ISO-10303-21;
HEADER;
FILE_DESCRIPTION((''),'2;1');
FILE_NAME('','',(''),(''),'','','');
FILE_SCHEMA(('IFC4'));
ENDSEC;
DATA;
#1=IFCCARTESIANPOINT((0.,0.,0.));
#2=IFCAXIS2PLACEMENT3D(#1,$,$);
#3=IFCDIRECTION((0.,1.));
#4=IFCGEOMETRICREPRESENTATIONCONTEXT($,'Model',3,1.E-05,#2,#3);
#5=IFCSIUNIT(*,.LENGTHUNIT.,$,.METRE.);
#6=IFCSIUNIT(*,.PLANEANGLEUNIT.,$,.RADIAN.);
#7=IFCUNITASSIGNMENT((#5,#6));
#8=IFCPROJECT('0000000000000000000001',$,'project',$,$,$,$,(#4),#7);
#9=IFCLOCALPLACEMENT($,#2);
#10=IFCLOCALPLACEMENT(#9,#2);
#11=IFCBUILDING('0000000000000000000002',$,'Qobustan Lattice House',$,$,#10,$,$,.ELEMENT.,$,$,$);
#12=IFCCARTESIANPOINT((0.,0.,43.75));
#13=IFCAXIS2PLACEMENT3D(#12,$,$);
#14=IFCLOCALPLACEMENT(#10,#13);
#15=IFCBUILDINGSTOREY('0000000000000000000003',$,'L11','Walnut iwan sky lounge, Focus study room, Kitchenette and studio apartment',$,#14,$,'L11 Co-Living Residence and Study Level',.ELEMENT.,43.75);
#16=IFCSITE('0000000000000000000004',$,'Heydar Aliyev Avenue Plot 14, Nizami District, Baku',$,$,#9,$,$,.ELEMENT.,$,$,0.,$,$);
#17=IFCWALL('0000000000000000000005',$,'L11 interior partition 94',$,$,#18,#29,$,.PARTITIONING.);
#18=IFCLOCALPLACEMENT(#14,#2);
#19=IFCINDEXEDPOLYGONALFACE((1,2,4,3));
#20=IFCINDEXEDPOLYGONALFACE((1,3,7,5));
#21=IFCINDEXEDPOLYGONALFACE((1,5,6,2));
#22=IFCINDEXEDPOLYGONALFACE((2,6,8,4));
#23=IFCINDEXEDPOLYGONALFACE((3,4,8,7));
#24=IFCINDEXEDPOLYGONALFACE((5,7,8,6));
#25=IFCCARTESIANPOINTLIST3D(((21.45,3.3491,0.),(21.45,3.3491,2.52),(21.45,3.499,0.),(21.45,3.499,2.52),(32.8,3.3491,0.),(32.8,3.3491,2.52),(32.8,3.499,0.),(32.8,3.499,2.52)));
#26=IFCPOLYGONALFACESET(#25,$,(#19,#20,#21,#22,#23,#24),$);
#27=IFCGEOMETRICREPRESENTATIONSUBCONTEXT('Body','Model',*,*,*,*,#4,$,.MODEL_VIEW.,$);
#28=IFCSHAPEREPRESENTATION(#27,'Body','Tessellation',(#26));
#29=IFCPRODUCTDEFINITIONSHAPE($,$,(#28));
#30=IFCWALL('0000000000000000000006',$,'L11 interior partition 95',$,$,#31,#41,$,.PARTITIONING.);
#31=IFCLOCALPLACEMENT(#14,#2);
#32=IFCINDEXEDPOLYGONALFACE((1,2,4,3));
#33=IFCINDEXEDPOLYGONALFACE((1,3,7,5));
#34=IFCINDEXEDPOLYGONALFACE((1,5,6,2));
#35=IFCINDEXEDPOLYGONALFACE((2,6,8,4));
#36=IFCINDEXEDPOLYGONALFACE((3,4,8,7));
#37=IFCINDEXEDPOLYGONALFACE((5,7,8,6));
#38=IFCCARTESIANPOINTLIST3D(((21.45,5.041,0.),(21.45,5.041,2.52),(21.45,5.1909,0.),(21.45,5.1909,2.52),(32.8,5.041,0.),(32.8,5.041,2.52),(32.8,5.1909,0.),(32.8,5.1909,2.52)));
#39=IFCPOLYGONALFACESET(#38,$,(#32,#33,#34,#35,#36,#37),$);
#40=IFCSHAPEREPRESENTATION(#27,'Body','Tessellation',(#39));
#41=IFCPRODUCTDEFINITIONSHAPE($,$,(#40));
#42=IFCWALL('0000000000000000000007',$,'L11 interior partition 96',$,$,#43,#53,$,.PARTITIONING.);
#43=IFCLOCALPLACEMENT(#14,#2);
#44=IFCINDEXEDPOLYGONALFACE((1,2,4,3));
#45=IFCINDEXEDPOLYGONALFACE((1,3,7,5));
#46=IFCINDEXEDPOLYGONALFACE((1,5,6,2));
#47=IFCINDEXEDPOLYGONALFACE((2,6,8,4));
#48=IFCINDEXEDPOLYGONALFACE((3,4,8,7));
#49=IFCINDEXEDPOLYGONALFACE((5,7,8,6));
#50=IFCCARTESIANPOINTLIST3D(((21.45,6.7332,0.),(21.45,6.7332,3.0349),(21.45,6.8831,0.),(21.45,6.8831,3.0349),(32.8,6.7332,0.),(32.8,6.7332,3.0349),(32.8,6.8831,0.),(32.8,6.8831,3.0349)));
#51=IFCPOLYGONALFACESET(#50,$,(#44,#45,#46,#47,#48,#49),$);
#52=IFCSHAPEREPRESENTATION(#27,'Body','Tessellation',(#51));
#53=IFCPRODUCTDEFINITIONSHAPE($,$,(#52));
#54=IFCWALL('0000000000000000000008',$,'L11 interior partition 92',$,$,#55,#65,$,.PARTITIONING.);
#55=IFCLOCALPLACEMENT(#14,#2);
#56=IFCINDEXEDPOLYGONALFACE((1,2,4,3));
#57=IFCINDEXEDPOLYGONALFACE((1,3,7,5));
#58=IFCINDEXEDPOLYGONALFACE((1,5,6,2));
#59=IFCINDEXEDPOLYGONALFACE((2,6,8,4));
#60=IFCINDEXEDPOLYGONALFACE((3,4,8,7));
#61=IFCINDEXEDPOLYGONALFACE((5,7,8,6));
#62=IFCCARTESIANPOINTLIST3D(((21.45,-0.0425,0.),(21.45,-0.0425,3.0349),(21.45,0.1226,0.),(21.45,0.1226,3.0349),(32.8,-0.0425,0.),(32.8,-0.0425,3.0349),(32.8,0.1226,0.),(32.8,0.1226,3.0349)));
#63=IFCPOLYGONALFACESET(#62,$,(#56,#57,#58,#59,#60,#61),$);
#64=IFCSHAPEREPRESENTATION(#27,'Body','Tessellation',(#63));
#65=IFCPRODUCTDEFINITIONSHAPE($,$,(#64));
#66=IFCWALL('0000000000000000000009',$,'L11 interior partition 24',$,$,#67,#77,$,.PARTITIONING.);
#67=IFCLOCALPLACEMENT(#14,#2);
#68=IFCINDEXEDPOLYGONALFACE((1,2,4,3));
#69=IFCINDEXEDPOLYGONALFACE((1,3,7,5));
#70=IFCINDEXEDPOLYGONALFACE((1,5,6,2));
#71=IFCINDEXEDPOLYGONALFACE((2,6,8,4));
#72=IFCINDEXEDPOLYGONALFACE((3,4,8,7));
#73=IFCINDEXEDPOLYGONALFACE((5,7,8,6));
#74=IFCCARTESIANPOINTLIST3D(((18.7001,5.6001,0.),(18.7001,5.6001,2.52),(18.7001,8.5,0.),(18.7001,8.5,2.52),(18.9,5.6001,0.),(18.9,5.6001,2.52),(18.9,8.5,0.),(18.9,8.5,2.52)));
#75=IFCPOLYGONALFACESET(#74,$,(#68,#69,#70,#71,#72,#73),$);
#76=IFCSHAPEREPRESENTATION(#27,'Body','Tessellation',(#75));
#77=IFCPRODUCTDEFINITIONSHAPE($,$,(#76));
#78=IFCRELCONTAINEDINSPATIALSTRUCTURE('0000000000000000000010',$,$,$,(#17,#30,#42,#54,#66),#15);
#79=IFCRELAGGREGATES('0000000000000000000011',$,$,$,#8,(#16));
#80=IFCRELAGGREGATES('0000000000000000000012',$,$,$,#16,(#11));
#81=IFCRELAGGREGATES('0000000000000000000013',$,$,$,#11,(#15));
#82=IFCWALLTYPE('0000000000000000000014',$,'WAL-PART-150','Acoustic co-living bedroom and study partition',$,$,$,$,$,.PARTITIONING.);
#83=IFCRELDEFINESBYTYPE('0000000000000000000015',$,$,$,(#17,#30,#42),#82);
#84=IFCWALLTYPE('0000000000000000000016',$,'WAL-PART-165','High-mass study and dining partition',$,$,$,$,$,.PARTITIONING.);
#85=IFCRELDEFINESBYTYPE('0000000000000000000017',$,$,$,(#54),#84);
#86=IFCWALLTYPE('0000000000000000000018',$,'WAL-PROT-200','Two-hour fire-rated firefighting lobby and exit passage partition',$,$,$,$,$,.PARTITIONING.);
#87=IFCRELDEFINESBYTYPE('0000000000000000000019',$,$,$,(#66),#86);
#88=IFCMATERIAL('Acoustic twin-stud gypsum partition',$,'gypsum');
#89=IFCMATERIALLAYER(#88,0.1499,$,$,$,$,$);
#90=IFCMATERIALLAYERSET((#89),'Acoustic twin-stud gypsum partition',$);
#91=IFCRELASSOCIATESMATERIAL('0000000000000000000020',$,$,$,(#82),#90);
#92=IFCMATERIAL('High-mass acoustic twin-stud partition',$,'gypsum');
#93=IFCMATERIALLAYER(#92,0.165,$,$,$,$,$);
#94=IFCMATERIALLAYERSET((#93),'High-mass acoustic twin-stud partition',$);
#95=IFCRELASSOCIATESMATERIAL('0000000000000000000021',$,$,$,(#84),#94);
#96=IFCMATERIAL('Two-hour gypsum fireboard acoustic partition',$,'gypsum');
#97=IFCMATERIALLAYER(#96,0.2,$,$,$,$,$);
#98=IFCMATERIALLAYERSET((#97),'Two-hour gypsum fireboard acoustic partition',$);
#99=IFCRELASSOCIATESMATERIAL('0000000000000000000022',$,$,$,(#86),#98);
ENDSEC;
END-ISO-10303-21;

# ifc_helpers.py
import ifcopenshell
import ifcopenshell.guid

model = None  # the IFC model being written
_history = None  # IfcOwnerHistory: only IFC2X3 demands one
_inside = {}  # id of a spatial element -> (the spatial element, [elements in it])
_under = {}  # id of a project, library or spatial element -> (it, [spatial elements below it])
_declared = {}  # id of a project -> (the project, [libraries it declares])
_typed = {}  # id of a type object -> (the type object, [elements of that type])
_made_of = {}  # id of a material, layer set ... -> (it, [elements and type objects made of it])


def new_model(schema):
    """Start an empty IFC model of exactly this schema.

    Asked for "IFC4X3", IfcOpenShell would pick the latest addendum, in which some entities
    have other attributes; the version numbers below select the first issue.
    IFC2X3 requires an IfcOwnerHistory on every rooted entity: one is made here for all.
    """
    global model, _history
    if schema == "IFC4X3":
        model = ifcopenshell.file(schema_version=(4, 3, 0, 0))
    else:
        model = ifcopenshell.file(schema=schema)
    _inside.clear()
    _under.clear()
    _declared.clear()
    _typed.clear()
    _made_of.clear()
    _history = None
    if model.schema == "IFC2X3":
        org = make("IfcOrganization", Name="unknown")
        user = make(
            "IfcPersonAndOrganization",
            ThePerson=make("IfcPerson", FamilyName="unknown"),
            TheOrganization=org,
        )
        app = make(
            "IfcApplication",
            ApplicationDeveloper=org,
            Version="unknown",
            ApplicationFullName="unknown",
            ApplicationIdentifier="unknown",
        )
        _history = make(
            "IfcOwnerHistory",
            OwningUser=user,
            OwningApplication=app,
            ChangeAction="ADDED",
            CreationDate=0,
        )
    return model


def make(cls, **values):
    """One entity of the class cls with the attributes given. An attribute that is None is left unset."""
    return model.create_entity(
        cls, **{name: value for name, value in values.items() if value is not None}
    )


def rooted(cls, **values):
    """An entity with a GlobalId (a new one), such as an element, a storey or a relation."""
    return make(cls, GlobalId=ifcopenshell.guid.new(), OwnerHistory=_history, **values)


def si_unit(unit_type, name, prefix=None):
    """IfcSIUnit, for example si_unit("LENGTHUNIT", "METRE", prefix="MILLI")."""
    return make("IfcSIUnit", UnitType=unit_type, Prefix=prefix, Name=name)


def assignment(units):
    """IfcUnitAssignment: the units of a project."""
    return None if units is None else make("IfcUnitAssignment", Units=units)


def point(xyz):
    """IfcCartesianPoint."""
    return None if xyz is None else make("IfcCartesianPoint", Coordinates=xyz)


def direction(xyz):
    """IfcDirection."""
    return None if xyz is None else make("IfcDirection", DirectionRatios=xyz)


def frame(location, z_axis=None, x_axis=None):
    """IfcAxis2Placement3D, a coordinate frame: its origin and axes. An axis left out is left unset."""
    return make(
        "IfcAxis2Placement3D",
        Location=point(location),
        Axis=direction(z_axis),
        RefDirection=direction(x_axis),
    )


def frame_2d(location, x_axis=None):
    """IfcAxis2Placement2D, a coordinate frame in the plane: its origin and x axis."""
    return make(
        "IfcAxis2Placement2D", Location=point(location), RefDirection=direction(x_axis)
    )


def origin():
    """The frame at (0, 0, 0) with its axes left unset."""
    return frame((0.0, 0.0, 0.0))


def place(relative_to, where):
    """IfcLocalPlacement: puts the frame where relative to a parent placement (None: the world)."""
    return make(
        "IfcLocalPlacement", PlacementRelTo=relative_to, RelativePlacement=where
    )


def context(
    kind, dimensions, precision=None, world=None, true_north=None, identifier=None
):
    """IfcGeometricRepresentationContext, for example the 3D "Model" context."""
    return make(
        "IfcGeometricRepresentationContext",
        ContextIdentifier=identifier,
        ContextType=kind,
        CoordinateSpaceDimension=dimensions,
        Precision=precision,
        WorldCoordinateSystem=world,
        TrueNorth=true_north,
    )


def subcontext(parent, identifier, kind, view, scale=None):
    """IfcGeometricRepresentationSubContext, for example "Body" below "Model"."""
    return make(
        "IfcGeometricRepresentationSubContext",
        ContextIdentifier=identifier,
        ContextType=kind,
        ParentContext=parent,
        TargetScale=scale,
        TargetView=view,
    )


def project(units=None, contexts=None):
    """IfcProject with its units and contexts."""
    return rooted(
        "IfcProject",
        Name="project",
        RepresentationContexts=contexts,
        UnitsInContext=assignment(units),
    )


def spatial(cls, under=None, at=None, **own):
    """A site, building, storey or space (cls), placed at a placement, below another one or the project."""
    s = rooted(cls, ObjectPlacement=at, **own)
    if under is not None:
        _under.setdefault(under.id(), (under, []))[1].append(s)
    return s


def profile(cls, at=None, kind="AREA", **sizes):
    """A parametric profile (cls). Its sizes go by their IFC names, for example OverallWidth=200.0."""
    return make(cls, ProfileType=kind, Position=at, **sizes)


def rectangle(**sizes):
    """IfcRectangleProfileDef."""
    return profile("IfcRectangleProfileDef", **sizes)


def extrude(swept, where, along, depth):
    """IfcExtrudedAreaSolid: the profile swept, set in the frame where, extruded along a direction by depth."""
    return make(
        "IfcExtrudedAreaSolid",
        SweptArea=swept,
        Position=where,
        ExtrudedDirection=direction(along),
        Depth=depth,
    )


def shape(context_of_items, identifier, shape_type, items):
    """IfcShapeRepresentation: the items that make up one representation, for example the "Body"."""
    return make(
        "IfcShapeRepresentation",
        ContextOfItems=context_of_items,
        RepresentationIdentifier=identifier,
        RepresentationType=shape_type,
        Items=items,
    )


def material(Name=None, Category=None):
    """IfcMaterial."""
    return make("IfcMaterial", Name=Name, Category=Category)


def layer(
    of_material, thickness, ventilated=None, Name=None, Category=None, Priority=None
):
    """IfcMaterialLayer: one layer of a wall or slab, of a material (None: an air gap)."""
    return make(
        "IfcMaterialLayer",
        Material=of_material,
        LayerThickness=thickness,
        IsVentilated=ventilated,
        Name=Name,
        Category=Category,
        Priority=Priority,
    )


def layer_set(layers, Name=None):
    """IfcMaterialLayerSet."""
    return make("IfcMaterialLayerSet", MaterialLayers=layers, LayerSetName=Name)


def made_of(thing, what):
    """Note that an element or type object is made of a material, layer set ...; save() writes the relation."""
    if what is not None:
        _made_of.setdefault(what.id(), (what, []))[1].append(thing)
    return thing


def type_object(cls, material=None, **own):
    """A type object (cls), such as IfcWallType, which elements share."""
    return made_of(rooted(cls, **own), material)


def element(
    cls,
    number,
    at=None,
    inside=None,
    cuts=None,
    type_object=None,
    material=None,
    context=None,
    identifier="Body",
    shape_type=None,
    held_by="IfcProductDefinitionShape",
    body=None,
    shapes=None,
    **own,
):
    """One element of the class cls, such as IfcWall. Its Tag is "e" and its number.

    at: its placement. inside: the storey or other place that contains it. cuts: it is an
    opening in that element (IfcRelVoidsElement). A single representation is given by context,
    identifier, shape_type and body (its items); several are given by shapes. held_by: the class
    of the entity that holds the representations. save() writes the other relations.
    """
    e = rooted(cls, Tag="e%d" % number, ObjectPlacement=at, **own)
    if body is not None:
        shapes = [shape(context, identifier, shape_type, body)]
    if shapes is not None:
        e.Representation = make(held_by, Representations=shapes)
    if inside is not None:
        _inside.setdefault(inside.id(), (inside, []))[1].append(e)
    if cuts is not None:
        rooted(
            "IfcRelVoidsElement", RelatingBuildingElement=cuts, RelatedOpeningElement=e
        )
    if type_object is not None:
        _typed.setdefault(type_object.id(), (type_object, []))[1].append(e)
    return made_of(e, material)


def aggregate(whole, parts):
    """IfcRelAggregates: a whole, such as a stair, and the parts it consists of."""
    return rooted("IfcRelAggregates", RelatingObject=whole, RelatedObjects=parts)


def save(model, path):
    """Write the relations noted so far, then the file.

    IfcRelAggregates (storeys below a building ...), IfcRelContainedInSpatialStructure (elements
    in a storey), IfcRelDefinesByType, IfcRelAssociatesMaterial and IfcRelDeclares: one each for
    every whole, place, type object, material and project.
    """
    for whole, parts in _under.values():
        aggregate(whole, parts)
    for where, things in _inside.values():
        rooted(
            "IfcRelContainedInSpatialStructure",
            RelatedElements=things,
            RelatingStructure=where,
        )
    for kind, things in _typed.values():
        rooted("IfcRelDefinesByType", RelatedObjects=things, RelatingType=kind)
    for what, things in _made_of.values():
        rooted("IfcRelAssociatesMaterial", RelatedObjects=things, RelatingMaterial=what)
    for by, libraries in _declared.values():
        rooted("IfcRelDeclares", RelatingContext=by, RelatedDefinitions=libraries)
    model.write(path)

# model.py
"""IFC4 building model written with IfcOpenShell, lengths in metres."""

from ifc_helpers import new_model, si_unit, direction, frame, frame_2d, origin, place, context, subcontext, project, spatial, rectangle, extrude, material, layer, layer_set, type_object, element, save


model = new_model("IFC4")

# Units and contexts
model_context = context("Model", 3, precision=1e-05, world=origin(), true_north=direction((0.0, 1.0)))
body_context = subcontext(model_context, "Body", "Model", "MODEL_VIEW")
ifc_project = project(units=[si_unit("LENGTHUNIT", "METRE"), si_unit("PLANEANGLEUNIT", "RADIAN")], contexts=[model_context])

# Site, building, storey
site_placement = place(None, origin())
site = spatial("IfcSite", under=ifc_project, at=site_placement, Name="Heydar Aliyev Avenue Plot 14, Nizami District, Baku", CompositionType="ELEMENT", RefElevation=0.0)
building_placement = place(site_placement, origin())
building = spatial("IfcBuilding", under=site, at=building_placement, Name="Qobustan Lattice House", CompositionType="ELEMENT")
storey_placement = place(building_placement, frame((0.0, 0.0, 43.75)))
storey = spatial("IfcBuildingStorey", under=building, at=storey_placement, Name="L11", Description="Walnut iwan sky lounge, Focus study room, Kitchenette and studio apartment", LongName="L11 Co-Living Residence and Study Level", CompositionType="ELEMENT", Elevation=43.75)

# Shared definitions
ifc_material_1 = material(Name="Acoustic twin-stud gypsum partition", Category="gypsum")
ifc_layer_1 = layer(ifc_material_1, 0.1499)
ifc_layer_set_1 = layer_set([ifc_layer_1], Name="Acoustic twin-stud gypsum partition")
wall_type_1 = type_object("IfcWallType", Name="WAL-PART-150", Description="Acoustic co-living bedroom and study partition", PredefinedType="PARTITIONING", material=ifc_layer_set_1)

# Walls
for number, where, z_axis, x_axis, name in (
    (1, (21.45, 3.4241, 0.0), (0.0, 0.0, 1.0), (1.0, 0.0, 0.0), "L11 interior partition 94"),
    (2, (21.45, 5.116, 0.0), (0.0, 0.0, 1.0), (1.0, 0.0, 0.0), "L11 interior partition 95"),
):
    element("IfcWall", number, at=place(storey_placement, frame(where, z_axis=z_axis, x_axis=x_axis)), inside=storey, type_object=wall_type_1, Name=name, PredefinedType="PARTITIONING", context=body_context, shape_type="SweptSolid", body=[
        extrude(rectangle(XDim=11.3501, YDim=0.1499, at=frame_2d((5.675, 0.0))), origin(), (0.0, 0.0, 1.0), 2.52),
    ])
wall_1_placement = place(storey_placement, frame((21.45, 6.8081, 0.0), z_axis=(0.0, 0.0, 1.0), x_axis=(1.0, 0.0, 0.0)))
element("IfcWall", 3, at=wall_1_placement, inside=storey, type_object=wall_type_1, Name="L11 interior partition 96", PredefinedType="PARTITIONING", context=body_context, shape_type="SweptSolid", body=[
    extrude(rectangle(XDim=11.3501, YDim=0.1499, at=frame_2d((5.675, 0.0))), origin(), (0.0, 0.0, 1.0), 3.0349),
])

# Shared definitions
ifc_material_2 = material(Name="High-mass acoustic twin-stud partition", Category="gypsum")
ifc_layer_2 = layer(ifc_material_2, 0.165)
ifc_layer_set_2 = layer_set([ifc_layer_2], Name="High-mass acoustic twin-stud partition")
wall_type_2 = type_object("IfcWallType", Name="WAL-PART-165", Description="High-mass study and dining partition", PredefinedType="PARTITIONING", material=ifc_layer_set_2)

# Wall
wall_2_placement = place(storey_placement, frame((21.45, 0.04, 0.0), z_axis=(0.0, 0.0, 1.0), x_axis=(1.0, 0.0, 0.0)))
element("IfcWall", 4, at=wall_2_placement, inside=storey, type_object=wall_type_2, Name="L11 interior partition 92", PredefinedType="PARTITIONING", context=body_context, shape_type="SweptSolid", body=[
    extrude(rectangle(XDim=11.3501, YDim=0.165, at=frame_2d((5.675, 0.0))), origin(), (0.0, 0.0, 1.0), 3.0349),
])

# Shared definitions
ifc_material_3 = material(Name="Two-hour gypsum fireboard acoustic partition", Category="gypsum")
ifc_layer_3 = layer(ifc_material_3, 0.2)
ifc_layer_set_3 = layer_set([ifc_layer_3], Name="Two-hour gypsum fireboard acoustic partition")
wall_type_3 = type_object("IfcWallType", Name="WAL-PROT-200", Description="Two-hour fire-rated firefighting lobby and exit passage partition", PredefinedType="PARTITIONING", material=ifc_layer_set_3)

# Wall
wall_3_placement = place(storey_placement, frame((18.8, 5.6001, 0.0), z_axis=(0.0, 0.0, 1.0), x_axis=(0.0, 1.0, 0.0)))
element("IfcWall", 5, at=wall_3_placement, inside=storey, type_object=wall_type_3, Name="L11 interior partition 24", PredefinedType="PARTITIONING", context=body_context, shape_type="SweptSolid", body=[
    extrude(rectangle(XDim=2.8999, YDim=0.2, at=frame_2d((1.45, 0.0))), origin(), (0.0, 0.0, 1.0), 2.52),
])

save(model, "model.ifc")
